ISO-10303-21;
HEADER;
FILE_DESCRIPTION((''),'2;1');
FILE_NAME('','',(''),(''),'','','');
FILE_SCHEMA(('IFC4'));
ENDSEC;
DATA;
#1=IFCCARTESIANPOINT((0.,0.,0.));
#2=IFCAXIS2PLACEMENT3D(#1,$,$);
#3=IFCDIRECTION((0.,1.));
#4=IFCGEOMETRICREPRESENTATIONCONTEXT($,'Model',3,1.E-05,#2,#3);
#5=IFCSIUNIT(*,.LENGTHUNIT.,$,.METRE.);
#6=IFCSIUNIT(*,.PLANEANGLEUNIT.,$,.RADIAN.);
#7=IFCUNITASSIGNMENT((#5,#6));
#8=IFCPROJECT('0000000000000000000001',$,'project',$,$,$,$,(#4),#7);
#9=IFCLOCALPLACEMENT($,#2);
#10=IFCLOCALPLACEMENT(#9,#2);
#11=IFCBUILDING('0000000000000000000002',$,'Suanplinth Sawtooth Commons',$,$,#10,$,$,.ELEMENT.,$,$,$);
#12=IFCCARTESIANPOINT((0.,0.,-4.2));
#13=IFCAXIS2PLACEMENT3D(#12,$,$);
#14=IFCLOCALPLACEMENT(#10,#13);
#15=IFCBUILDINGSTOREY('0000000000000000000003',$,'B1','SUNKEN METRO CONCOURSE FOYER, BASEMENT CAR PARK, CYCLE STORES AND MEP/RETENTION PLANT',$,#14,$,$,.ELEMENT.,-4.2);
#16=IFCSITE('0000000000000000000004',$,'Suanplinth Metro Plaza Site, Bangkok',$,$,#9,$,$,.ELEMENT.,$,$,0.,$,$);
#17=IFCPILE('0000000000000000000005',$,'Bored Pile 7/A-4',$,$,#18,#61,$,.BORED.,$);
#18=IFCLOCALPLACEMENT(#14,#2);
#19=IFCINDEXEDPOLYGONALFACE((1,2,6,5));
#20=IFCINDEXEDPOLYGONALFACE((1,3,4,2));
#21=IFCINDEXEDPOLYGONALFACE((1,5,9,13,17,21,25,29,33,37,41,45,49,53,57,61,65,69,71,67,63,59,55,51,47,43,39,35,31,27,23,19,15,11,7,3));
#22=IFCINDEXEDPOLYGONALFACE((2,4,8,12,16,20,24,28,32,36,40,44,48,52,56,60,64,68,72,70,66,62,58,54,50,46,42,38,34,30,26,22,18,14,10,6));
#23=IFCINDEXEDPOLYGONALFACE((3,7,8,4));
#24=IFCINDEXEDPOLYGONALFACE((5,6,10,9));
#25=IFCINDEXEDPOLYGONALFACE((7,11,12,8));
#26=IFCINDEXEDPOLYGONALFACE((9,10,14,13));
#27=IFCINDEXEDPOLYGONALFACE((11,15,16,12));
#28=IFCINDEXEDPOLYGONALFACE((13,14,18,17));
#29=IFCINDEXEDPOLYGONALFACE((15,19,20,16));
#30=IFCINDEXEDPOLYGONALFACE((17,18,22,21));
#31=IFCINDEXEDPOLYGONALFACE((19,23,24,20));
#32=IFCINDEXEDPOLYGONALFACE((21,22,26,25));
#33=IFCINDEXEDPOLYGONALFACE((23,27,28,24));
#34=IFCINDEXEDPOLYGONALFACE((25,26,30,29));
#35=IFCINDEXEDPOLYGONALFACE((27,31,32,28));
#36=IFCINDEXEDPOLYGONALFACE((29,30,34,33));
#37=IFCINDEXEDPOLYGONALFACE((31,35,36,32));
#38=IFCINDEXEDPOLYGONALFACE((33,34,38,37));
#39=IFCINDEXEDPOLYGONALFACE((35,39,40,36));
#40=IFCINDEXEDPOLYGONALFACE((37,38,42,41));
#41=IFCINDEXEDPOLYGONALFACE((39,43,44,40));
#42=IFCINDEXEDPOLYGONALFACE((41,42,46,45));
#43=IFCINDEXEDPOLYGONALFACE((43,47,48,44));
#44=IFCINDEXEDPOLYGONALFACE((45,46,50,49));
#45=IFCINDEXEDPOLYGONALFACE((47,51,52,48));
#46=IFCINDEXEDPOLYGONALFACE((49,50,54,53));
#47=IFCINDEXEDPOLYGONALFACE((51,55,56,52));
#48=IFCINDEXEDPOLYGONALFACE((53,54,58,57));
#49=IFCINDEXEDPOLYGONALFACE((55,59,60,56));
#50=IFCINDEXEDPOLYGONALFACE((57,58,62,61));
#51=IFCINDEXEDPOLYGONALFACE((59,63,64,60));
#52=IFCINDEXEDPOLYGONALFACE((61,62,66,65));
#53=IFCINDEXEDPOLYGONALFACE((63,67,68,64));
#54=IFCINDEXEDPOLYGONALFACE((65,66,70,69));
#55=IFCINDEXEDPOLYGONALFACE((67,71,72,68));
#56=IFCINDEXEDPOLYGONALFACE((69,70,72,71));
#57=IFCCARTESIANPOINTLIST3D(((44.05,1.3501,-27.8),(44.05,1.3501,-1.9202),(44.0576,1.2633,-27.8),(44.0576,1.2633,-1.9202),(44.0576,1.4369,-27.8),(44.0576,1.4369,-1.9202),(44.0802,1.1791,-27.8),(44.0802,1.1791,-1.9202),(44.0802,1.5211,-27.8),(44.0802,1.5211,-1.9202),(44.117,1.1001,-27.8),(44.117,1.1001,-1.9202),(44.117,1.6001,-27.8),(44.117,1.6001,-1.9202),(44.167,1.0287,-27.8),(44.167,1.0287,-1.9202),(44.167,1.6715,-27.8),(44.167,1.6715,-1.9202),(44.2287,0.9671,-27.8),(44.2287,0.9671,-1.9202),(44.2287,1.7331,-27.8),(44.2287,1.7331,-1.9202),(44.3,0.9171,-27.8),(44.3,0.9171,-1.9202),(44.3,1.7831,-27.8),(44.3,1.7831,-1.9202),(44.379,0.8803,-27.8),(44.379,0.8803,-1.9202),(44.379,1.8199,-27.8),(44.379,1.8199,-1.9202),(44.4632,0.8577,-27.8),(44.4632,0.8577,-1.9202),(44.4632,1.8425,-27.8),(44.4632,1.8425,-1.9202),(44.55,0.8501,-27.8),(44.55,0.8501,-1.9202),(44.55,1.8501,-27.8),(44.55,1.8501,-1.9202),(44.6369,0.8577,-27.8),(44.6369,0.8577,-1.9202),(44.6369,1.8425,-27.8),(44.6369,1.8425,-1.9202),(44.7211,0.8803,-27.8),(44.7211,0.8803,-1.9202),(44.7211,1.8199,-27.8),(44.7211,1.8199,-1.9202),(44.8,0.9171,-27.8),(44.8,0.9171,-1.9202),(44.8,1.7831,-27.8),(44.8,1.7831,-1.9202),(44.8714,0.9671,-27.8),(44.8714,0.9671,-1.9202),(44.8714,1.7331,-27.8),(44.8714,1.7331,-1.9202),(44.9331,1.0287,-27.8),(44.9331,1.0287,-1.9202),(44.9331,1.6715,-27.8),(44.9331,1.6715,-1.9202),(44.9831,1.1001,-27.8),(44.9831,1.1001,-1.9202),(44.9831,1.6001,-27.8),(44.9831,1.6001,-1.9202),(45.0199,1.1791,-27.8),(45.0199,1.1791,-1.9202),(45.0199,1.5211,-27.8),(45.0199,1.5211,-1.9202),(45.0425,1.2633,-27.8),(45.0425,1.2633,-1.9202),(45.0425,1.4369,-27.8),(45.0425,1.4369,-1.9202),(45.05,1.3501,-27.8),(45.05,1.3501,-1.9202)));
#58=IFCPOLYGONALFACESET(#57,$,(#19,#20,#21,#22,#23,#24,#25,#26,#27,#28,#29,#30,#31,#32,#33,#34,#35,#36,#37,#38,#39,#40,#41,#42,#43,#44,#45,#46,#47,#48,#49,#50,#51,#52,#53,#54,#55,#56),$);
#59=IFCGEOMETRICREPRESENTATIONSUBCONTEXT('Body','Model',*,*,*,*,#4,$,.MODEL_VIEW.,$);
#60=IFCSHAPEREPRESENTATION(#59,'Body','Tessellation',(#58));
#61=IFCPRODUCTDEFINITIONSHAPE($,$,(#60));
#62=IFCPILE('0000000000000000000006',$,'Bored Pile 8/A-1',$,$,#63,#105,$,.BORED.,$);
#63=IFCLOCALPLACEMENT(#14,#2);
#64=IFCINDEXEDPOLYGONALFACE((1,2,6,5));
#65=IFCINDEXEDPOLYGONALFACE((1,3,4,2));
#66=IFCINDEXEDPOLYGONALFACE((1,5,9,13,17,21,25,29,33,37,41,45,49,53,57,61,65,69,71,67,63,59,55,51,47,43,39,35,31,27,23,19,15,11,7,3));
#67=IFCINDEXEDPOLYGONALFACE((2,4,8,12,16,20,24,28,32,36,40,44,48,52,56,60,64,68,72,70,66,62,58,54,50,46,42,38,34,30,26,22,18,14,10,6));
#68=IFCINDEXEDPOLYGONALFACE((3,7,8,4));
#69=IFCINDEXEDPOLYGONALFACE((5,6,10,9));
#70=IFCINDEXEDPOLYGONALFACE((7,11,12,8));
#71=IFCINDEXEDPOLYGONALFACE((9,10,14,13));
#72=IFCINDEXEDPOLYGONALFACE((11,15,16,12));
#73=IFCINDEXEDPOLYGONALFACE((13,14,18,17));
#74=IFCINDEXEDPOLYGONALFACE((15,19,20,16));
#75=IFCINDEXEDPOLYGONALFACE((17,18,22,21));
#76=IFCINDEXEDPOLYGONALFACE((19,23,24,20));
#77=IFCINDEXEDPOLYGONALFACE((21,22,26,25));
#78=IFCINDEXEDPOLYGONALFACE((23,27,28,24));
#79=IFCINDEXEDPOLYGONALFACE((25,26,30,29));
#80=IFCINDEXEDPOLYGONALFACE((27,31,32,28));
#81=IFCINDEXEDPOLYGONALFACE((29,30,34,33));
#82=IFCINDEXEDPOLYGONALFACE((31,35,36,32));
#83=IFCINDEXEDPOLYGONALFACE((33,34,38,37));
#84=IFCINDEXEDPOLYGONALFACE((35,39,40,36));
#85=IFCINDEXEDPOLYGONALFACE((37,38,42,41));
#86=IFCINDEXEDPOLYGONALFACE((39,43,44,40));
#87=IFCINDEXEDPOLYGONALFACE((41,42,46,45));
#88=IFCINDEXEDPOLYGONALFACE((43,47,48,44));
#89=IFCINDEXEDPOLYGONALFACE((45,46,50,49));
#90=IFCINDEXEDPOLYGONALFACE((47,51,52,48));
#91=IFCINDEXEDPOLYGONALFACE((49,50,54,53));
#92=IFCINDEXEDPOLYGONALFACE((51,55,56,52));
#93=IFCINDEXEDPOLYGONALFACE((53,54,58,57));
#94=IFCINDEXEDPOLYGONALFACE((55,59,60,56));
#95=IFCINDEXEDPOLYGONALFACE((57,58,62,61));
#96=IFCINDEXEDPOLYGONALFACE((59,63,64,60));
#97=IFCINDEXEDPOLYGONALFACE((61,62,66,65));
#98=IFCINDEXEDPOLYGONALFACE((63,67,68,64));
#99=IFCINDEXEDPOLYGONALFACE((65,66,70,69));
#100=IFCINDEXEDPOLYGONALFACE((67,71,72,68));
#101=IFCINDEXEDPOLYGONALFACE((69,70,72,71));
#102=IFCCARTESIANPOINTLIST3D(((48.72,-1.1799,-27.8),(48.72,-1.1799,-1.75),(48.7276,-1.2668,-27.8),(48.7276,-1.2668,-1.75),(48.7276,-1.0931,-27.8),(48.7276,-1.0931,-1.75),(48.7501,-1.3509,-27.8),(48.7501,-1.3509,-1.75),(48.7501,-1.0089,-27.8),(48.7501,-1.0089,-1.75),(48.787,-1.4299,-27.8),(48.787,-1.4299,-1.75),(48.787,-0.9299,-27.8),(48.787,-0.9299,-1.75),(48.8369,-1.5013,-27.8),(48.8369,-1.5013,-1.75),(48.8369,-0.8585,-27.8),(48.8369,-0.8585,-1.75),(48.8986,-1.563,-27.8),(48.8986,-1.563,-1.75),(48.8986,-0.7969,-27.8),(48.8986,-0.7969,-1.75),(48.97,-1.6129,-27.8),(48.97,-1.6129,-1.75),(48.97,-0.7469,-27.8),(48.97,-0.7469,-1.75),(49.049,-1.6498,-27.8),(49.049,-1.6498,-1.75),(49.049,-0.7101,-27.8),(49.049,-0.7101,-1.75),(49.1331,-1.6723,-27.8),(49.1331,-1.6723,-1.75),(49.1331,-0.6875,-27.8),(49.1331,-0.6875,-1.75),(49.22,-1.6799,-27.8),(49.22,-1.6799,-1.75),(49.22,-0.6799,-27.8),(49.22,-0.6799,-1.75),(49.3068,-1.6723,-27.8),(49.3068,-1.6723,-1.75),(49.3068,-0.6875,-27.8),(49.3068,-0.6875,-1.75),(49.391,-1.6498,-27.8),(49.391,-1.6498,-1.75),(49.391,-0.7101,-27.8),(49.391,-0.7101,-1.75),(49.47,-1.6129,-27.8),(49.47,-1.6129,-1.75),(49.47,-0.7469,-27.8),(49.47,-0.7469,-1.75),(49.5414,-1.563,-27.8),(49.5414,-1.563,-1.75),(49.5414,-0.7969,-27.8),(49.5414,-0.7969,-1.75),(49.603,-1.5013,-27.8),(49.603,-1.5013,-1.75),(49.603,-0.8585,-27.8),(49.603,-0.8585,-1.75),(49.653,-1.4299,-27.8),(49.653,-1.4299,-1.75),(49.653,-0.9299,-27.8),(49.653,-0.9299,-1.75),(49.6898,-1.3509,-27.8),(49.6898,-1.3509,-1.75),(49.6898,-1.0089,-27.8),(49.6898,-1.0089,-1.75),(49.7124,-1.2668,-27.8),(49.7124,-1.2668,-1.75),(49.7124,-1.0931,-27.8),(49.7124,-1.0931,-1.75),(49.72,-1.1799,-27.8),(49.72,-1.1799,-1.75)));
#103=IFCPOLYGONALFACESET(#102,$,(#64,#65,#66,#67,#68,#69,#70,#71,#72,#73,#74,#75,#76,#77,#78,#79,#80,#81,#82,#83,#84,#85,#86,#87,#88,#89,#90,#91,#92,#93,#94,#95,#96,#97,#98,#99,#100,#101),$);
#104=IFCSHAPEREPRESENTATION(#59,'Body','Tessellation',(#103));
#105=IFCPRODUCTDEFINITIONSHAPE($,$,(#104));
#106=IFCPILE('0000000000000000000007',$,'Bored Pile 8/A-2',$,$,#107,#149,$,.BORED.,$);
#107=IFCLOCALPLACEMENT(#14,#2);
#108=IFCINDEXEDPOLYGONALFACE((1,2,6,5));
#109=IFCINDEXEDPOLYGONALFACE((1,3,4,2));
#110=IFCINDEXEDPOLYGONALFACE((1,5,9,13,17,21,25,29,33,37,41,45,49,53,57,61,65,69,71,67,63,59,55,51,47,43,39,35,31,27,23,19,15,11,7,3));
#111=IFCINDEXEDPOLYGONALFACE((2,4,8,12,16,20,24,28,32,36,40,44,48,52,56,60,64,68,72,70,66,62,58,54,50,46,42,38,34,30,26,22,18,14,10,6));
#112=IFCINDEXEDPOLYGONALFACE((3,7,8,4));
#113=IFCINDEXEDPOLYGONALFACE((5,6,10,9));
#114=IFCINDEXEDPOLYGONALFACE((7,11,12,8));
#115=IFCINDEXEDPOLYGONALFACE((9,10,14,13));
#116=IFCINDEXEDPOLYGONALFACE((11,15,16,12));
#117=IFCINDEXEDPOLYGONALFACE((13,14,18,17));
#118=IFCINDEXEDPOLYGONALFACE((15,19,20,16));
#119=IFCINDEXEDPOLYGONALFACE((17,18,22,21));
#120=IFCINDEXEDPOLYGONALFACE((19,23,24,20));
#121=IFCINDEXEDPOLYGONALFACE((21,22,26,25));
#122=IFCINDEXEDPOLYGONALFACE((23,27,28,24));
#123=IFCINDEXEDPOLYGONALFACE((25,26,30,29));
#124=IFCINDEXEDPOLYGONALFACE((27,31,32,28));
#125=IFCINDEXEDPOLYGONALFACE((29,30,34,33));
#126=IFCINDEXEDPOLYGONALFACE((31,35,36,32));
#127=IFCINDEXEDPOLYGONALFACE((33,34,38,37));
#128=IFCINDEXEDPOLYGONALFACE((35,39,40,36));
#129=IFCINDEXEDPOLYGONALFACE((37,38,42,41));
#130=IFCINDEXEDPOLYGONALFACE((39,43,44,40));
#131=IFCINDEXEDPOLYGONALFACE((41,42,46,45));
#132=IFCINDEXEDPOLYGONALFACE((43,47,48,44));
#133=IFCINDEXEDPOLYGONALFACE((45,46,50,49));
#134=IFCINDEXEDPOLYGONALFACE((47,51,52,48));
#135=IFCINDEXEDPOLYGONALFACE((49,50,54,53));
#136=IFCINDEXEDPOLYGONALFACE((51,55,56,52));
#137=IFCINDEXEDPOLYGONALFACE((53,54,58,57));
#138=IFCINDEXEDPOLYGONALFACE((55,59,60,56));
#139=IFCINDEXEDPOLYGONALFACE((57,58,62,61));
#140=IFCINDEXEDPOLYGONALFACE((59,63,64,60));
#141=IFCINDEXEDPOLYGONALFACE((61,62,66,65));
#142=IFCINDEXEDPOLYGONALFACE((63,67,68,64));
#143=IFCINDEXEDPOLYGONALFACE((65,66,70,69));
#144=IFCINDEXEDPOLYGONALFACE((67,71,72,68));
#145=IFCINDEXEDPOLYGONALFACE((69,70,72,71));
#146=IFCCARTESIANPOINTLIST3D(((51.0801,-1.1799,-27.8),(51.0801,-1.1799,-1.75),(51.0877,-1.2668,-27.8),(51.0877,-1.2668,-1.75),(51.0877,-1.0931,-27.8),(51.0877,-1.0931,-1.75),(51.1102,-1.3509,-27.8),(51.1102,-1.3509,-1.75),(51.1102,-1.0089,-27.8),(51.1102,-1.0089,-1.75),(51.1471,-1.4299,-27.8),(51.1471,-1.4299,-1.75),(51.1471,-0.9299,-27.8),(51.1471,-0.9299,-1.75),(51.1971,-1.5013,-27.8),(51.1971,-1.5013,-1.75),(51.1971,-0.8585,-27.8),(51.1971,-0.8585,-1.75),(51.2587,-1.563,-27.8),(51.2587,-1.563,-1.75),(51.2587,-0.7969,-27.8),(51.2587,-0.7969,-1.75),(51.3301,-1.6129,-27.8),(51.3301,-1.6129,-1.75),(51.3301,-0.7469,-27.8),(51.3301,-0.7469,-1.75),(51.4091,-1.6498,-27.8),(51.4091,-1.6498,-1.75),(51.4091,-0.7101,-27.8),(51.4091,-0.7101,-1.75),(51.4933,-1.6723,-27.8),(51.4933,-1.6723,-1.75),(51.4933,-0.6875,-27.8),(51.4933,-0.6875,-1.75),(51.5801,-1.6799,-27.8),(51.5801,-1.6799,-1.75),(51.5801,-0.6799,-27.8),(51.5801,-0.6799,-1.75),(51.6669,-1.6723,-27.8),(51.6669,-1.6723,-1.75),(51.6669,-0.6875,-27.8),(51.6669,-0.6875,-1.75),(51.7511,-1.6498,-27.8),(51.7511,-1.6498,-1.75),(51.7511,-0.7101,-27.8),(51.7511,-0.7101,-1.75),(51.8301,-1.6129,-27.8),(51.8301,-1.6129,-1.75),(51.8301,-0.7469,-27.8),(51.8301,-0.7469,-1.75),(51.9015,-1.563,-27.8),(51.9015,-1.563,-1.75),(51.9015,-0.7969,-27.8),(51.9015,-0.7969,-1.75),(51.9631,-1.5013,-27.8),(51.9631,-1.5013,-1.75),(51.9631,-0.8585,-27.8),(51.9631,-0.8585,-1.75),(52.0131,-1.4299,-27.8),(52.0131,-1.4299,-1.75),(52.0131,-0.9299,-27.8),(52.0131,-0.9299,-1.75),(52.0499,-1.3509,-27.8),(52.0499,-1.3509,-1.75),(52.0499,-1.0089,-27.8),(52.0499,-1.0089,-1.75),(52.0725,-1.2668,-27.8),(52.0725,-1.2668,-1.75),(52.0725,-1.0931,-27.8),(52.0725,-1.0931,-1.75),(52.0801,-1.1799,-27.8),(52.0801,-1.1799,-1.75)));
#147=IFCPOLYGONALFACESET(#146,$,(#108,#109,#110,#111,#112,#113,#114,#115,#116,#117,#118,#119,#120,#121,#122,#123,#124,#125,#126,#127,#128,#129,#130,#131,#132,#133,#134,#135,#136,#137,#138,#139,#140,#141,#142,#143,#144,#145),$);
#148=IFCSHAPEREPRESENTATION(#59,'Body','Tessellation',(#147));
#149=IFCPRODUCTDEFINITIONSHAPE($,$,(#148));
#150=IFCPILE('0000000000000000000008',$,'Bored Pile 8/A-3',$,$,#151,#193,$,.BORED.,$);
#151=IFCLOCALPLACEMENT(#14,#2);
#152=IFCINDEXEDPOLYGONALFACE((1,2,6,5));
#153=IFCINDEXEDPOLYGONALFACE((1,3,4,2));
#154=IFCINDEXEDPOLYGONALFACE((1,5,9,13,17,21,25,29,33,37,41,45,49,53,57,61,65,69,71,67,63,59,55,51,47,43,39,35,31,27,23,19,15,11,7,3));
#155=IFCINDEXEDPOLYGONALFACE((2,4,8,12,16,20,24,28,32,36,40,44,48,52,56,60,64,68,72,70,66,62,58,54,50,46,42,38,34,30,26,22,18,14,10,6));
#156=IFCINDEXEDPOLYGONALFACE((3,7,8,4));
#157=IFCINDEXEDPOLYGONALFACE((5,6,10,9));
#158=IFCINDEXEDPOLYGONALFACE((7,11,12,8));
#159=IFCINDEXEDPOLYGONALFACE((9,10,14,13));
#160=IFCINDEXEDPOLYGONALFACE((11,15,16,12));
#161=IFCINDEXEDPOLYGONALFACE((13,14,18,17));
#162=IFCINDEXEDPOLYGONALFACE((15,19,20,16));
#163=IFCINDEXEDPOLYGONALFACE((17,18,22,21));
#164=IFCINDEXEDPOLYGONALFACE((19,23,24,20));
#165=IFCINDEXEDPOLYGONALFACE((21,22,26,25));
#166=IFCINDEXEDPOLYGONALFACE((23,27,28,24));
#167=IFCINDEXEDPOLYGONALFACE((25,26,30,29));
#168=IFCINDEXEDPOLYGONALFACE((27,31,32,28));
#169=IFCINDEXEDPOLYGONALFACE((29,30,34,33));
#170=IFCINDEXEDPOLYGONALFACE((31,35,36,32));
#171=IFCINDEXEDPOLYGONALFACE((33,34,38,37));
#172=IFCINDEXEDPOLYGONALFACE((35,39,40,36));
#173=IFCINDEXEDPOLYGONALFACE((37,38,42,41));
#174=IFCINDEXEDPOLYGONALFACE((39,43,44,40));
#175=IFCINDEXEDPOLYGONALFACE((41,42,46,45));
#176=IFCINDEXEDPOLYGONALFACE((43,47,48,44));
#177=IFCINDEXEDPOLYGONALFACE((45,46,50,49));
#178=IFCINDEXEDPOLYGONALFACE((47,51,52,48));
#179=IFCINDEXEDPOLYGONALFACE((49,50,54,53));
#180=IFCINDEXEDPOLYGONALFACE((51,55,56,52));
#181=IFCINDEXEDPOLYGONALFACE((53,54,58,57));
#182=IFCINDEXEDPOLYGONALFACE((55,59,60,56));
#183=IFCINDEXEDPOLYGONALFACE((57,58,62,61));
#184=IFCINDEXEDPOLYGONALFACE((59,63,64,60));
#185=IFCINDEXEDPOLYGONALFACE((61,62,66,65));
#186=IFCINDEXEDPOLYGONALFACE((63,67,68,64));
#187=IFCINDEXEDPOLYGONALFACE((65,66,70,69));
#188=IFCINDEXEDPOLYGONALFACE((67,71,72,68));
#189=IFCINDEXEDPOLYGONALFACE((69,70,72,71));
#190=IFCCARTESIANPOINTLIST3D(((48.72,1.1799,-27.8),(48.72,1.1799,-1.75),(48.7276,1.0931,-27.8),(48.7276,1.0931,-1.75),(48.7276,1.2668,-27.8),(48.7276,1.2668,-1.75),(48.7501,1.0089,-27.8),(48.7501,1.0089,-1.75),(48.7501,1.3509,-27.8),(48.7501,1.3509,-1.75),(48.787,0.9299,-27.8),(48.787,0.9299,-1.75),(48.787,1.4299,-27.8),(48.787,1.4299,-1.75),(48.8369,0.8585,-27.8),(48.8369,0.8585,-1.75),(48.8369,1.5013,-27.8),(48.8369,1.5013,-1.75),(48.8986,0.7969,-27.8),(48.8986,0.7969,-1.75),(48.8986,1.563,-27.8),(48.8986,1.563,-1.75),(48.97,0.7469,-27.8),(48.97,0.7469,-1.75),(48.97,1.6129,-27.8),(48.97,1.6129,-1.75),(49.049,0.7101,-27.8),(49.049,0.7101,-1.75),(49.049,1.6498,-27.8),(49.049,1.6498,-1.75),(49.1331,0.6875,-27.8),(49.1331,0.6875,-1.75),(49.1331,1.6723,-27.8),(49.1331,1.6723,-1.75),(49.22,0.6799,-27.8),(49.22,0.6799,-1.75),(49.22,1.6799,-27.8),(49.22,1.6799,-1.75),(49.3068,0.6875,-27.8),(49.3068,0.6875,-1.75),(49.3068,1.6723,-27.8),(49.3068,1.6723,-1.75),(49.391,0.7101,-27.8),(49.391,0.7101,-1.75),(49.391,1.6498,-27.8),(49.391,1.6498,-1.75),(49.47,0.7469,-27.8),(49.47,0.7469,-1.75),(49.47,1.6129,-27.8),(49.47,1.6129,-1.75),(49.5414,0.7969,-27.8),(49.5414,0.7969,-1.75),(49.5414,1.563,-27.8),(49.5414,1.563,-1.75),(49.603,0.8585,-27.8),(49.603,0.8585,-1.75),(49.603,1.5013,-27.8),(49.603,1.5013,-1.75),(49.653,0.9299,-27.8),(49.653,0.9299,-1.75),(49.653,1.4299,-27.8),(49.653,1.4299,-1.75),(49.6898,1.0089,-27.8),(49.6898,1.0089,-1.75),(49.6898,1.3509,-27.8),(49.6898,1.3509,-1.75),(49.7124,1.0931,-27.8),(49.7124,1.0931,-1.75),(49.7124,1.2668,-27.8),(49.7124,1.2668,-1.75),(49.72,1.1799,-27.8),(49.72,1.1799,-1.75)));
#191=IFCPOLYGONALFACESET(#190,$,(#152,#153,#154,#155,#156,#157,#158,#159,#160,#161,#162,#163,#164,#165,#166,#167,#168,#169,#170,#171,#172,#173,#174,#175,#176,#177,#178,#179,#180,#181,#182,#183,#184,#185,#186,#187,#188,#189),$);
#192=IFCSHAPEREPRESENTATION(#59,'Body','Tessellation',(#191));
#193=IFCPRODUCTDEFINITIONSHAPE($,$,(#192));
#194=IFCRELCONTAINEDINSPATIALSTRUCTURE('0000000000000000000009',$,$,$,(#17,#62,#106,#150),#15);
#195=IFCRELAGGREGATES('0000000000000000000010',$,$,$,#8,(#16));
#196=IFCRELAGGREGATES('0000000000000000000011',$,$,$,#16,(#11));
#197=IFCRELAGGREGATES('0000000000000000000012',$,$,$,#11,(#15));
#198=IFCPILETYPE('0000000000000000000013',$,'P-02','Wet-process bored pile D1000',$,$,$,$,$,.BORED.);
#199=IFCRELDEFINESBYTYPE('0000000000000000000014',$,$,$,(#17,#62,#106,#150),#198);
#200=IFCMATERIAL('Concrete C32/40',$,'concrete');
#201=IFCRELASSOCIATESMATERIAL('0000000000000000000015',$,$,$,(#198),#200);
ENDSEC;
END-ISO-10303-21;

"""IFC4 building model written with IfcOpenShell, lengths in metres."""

from ifc_helpers import new_model, si_unit, direction, frame, origin, origin_2d, place, context, subcontext, project, spatial, circle, extrude, material, material_profile, profile_set, type_object, element, save


model = new_model("IFC4")

# Units and contexts
model_context = context("Model", 3, precision=1e-05, world=origin(), true_north=direction((0.0, 1.0)))
body_context = subcontext(model_context, "Body", "Model", "MODEL_VIEW")
ifc_project = project(units=[si_unit("LENGTHUNIT", "METRE"), si_unit("PLANEANGLEUNIT", "RADIAN")], contexts=[model_context])

# Site, building, storey
site_placement = place(None, origin())
site = spatial("IfcSite", under=ifc_project, at=site_placement, Name="Suanplinth Metro Plaza Site, Bangkok", CompositionType="ELEMENT", RefElevation=0.0)
building_placement = place(site_placement, origin())
building = spatial("IfcBuilding", under=site, at=building_placement, Name="Suanplinth Sawtooth Commons", CompositionType="ELEMENT")
storey_placement = place(building_placement, frame((0.0, 0.0, -4.2)))
storey = spatial("IfcBuildingStorey", under=building, at=storey_placement, Name="B1", Description="SUNKEN METRO CONCOURSE FOYER, BASEMENT CAR PARK, CYCLE STORES AND MEP/RETENTION PLANT", CompositionType="ELEMENT", Elevation=-4.2)

# Piles
ifc_material_1 = material(Name="Concrete C32/40", Category="concrete")
ifc_material_profile_1 = material_profile(ifc_material_1, circle(Radius=0.5, at=origin_2d()), Name="PILE D1000")
ifc_profile_set_1 = profile_set([ifc_material_profile_1], Name="Concrete C32/40")
pile_type_1 = type_object("IfcPileType", Name="P-02", Description="Wet-process bored pile D1000", PredefinedType="BORED", material=ifc_profile_set_1)
for number, where, z_axis, x_axis, name in (
    (1, (44.55, 1.3501, -1.9202), (0.0, 0.0, -1.0), (1.0, 0.0, 0.0), "Bored Pile 7/A-4"),
):
    element("IfcPile", number, at=place(storey_placement, frame(where, z_axis=z_axis, x_axis=x_axis)), inside=storey, type_object=pile_type_1, Name=name, PredefinedType="BORED", context=body_context, shape_type="SweptSolid", body=[
        extrude(circle(Radius=0.5, at=origin_2d()), origin(), (0.0, 0.0, 1.0), 25.8799),
    ])
for number, where, z_axis, x_axis, name in (
    (2, (49.22, -1.1799, -1.75), (0.0, 0.0, -1.0), (1.0, 0.0, 0.0), "Bored Pile 8/A-1"),
    (3, (51.5801, -1.1799, -1.75), (0.0, 0.0, -1.0), (1.0, 0.0, 0.0), "Bored Pile 8/A-2"),
    (4, (49.22, 1.1799, -1.75), (0.0, 0.0, -1.0), (1.0, 0.0, 0.0), "Bored Pile 8/A-3"),
):
    element("IfcPile", number, at=place(storey_placement, frame(where, z_axis=z_axis, x_axis=x_axis)), inside=storey, type_object=pile_type_1, Name=name, PredefinedType="BORED", context=body_context, shape_type="SweptSolid", body=[
        extrude(circle(Radius=0.5, at=origin_2d()), origin(), (0.0, 0.0, 1.0), 26.05),
    ])

save(model, "model.ifc")
